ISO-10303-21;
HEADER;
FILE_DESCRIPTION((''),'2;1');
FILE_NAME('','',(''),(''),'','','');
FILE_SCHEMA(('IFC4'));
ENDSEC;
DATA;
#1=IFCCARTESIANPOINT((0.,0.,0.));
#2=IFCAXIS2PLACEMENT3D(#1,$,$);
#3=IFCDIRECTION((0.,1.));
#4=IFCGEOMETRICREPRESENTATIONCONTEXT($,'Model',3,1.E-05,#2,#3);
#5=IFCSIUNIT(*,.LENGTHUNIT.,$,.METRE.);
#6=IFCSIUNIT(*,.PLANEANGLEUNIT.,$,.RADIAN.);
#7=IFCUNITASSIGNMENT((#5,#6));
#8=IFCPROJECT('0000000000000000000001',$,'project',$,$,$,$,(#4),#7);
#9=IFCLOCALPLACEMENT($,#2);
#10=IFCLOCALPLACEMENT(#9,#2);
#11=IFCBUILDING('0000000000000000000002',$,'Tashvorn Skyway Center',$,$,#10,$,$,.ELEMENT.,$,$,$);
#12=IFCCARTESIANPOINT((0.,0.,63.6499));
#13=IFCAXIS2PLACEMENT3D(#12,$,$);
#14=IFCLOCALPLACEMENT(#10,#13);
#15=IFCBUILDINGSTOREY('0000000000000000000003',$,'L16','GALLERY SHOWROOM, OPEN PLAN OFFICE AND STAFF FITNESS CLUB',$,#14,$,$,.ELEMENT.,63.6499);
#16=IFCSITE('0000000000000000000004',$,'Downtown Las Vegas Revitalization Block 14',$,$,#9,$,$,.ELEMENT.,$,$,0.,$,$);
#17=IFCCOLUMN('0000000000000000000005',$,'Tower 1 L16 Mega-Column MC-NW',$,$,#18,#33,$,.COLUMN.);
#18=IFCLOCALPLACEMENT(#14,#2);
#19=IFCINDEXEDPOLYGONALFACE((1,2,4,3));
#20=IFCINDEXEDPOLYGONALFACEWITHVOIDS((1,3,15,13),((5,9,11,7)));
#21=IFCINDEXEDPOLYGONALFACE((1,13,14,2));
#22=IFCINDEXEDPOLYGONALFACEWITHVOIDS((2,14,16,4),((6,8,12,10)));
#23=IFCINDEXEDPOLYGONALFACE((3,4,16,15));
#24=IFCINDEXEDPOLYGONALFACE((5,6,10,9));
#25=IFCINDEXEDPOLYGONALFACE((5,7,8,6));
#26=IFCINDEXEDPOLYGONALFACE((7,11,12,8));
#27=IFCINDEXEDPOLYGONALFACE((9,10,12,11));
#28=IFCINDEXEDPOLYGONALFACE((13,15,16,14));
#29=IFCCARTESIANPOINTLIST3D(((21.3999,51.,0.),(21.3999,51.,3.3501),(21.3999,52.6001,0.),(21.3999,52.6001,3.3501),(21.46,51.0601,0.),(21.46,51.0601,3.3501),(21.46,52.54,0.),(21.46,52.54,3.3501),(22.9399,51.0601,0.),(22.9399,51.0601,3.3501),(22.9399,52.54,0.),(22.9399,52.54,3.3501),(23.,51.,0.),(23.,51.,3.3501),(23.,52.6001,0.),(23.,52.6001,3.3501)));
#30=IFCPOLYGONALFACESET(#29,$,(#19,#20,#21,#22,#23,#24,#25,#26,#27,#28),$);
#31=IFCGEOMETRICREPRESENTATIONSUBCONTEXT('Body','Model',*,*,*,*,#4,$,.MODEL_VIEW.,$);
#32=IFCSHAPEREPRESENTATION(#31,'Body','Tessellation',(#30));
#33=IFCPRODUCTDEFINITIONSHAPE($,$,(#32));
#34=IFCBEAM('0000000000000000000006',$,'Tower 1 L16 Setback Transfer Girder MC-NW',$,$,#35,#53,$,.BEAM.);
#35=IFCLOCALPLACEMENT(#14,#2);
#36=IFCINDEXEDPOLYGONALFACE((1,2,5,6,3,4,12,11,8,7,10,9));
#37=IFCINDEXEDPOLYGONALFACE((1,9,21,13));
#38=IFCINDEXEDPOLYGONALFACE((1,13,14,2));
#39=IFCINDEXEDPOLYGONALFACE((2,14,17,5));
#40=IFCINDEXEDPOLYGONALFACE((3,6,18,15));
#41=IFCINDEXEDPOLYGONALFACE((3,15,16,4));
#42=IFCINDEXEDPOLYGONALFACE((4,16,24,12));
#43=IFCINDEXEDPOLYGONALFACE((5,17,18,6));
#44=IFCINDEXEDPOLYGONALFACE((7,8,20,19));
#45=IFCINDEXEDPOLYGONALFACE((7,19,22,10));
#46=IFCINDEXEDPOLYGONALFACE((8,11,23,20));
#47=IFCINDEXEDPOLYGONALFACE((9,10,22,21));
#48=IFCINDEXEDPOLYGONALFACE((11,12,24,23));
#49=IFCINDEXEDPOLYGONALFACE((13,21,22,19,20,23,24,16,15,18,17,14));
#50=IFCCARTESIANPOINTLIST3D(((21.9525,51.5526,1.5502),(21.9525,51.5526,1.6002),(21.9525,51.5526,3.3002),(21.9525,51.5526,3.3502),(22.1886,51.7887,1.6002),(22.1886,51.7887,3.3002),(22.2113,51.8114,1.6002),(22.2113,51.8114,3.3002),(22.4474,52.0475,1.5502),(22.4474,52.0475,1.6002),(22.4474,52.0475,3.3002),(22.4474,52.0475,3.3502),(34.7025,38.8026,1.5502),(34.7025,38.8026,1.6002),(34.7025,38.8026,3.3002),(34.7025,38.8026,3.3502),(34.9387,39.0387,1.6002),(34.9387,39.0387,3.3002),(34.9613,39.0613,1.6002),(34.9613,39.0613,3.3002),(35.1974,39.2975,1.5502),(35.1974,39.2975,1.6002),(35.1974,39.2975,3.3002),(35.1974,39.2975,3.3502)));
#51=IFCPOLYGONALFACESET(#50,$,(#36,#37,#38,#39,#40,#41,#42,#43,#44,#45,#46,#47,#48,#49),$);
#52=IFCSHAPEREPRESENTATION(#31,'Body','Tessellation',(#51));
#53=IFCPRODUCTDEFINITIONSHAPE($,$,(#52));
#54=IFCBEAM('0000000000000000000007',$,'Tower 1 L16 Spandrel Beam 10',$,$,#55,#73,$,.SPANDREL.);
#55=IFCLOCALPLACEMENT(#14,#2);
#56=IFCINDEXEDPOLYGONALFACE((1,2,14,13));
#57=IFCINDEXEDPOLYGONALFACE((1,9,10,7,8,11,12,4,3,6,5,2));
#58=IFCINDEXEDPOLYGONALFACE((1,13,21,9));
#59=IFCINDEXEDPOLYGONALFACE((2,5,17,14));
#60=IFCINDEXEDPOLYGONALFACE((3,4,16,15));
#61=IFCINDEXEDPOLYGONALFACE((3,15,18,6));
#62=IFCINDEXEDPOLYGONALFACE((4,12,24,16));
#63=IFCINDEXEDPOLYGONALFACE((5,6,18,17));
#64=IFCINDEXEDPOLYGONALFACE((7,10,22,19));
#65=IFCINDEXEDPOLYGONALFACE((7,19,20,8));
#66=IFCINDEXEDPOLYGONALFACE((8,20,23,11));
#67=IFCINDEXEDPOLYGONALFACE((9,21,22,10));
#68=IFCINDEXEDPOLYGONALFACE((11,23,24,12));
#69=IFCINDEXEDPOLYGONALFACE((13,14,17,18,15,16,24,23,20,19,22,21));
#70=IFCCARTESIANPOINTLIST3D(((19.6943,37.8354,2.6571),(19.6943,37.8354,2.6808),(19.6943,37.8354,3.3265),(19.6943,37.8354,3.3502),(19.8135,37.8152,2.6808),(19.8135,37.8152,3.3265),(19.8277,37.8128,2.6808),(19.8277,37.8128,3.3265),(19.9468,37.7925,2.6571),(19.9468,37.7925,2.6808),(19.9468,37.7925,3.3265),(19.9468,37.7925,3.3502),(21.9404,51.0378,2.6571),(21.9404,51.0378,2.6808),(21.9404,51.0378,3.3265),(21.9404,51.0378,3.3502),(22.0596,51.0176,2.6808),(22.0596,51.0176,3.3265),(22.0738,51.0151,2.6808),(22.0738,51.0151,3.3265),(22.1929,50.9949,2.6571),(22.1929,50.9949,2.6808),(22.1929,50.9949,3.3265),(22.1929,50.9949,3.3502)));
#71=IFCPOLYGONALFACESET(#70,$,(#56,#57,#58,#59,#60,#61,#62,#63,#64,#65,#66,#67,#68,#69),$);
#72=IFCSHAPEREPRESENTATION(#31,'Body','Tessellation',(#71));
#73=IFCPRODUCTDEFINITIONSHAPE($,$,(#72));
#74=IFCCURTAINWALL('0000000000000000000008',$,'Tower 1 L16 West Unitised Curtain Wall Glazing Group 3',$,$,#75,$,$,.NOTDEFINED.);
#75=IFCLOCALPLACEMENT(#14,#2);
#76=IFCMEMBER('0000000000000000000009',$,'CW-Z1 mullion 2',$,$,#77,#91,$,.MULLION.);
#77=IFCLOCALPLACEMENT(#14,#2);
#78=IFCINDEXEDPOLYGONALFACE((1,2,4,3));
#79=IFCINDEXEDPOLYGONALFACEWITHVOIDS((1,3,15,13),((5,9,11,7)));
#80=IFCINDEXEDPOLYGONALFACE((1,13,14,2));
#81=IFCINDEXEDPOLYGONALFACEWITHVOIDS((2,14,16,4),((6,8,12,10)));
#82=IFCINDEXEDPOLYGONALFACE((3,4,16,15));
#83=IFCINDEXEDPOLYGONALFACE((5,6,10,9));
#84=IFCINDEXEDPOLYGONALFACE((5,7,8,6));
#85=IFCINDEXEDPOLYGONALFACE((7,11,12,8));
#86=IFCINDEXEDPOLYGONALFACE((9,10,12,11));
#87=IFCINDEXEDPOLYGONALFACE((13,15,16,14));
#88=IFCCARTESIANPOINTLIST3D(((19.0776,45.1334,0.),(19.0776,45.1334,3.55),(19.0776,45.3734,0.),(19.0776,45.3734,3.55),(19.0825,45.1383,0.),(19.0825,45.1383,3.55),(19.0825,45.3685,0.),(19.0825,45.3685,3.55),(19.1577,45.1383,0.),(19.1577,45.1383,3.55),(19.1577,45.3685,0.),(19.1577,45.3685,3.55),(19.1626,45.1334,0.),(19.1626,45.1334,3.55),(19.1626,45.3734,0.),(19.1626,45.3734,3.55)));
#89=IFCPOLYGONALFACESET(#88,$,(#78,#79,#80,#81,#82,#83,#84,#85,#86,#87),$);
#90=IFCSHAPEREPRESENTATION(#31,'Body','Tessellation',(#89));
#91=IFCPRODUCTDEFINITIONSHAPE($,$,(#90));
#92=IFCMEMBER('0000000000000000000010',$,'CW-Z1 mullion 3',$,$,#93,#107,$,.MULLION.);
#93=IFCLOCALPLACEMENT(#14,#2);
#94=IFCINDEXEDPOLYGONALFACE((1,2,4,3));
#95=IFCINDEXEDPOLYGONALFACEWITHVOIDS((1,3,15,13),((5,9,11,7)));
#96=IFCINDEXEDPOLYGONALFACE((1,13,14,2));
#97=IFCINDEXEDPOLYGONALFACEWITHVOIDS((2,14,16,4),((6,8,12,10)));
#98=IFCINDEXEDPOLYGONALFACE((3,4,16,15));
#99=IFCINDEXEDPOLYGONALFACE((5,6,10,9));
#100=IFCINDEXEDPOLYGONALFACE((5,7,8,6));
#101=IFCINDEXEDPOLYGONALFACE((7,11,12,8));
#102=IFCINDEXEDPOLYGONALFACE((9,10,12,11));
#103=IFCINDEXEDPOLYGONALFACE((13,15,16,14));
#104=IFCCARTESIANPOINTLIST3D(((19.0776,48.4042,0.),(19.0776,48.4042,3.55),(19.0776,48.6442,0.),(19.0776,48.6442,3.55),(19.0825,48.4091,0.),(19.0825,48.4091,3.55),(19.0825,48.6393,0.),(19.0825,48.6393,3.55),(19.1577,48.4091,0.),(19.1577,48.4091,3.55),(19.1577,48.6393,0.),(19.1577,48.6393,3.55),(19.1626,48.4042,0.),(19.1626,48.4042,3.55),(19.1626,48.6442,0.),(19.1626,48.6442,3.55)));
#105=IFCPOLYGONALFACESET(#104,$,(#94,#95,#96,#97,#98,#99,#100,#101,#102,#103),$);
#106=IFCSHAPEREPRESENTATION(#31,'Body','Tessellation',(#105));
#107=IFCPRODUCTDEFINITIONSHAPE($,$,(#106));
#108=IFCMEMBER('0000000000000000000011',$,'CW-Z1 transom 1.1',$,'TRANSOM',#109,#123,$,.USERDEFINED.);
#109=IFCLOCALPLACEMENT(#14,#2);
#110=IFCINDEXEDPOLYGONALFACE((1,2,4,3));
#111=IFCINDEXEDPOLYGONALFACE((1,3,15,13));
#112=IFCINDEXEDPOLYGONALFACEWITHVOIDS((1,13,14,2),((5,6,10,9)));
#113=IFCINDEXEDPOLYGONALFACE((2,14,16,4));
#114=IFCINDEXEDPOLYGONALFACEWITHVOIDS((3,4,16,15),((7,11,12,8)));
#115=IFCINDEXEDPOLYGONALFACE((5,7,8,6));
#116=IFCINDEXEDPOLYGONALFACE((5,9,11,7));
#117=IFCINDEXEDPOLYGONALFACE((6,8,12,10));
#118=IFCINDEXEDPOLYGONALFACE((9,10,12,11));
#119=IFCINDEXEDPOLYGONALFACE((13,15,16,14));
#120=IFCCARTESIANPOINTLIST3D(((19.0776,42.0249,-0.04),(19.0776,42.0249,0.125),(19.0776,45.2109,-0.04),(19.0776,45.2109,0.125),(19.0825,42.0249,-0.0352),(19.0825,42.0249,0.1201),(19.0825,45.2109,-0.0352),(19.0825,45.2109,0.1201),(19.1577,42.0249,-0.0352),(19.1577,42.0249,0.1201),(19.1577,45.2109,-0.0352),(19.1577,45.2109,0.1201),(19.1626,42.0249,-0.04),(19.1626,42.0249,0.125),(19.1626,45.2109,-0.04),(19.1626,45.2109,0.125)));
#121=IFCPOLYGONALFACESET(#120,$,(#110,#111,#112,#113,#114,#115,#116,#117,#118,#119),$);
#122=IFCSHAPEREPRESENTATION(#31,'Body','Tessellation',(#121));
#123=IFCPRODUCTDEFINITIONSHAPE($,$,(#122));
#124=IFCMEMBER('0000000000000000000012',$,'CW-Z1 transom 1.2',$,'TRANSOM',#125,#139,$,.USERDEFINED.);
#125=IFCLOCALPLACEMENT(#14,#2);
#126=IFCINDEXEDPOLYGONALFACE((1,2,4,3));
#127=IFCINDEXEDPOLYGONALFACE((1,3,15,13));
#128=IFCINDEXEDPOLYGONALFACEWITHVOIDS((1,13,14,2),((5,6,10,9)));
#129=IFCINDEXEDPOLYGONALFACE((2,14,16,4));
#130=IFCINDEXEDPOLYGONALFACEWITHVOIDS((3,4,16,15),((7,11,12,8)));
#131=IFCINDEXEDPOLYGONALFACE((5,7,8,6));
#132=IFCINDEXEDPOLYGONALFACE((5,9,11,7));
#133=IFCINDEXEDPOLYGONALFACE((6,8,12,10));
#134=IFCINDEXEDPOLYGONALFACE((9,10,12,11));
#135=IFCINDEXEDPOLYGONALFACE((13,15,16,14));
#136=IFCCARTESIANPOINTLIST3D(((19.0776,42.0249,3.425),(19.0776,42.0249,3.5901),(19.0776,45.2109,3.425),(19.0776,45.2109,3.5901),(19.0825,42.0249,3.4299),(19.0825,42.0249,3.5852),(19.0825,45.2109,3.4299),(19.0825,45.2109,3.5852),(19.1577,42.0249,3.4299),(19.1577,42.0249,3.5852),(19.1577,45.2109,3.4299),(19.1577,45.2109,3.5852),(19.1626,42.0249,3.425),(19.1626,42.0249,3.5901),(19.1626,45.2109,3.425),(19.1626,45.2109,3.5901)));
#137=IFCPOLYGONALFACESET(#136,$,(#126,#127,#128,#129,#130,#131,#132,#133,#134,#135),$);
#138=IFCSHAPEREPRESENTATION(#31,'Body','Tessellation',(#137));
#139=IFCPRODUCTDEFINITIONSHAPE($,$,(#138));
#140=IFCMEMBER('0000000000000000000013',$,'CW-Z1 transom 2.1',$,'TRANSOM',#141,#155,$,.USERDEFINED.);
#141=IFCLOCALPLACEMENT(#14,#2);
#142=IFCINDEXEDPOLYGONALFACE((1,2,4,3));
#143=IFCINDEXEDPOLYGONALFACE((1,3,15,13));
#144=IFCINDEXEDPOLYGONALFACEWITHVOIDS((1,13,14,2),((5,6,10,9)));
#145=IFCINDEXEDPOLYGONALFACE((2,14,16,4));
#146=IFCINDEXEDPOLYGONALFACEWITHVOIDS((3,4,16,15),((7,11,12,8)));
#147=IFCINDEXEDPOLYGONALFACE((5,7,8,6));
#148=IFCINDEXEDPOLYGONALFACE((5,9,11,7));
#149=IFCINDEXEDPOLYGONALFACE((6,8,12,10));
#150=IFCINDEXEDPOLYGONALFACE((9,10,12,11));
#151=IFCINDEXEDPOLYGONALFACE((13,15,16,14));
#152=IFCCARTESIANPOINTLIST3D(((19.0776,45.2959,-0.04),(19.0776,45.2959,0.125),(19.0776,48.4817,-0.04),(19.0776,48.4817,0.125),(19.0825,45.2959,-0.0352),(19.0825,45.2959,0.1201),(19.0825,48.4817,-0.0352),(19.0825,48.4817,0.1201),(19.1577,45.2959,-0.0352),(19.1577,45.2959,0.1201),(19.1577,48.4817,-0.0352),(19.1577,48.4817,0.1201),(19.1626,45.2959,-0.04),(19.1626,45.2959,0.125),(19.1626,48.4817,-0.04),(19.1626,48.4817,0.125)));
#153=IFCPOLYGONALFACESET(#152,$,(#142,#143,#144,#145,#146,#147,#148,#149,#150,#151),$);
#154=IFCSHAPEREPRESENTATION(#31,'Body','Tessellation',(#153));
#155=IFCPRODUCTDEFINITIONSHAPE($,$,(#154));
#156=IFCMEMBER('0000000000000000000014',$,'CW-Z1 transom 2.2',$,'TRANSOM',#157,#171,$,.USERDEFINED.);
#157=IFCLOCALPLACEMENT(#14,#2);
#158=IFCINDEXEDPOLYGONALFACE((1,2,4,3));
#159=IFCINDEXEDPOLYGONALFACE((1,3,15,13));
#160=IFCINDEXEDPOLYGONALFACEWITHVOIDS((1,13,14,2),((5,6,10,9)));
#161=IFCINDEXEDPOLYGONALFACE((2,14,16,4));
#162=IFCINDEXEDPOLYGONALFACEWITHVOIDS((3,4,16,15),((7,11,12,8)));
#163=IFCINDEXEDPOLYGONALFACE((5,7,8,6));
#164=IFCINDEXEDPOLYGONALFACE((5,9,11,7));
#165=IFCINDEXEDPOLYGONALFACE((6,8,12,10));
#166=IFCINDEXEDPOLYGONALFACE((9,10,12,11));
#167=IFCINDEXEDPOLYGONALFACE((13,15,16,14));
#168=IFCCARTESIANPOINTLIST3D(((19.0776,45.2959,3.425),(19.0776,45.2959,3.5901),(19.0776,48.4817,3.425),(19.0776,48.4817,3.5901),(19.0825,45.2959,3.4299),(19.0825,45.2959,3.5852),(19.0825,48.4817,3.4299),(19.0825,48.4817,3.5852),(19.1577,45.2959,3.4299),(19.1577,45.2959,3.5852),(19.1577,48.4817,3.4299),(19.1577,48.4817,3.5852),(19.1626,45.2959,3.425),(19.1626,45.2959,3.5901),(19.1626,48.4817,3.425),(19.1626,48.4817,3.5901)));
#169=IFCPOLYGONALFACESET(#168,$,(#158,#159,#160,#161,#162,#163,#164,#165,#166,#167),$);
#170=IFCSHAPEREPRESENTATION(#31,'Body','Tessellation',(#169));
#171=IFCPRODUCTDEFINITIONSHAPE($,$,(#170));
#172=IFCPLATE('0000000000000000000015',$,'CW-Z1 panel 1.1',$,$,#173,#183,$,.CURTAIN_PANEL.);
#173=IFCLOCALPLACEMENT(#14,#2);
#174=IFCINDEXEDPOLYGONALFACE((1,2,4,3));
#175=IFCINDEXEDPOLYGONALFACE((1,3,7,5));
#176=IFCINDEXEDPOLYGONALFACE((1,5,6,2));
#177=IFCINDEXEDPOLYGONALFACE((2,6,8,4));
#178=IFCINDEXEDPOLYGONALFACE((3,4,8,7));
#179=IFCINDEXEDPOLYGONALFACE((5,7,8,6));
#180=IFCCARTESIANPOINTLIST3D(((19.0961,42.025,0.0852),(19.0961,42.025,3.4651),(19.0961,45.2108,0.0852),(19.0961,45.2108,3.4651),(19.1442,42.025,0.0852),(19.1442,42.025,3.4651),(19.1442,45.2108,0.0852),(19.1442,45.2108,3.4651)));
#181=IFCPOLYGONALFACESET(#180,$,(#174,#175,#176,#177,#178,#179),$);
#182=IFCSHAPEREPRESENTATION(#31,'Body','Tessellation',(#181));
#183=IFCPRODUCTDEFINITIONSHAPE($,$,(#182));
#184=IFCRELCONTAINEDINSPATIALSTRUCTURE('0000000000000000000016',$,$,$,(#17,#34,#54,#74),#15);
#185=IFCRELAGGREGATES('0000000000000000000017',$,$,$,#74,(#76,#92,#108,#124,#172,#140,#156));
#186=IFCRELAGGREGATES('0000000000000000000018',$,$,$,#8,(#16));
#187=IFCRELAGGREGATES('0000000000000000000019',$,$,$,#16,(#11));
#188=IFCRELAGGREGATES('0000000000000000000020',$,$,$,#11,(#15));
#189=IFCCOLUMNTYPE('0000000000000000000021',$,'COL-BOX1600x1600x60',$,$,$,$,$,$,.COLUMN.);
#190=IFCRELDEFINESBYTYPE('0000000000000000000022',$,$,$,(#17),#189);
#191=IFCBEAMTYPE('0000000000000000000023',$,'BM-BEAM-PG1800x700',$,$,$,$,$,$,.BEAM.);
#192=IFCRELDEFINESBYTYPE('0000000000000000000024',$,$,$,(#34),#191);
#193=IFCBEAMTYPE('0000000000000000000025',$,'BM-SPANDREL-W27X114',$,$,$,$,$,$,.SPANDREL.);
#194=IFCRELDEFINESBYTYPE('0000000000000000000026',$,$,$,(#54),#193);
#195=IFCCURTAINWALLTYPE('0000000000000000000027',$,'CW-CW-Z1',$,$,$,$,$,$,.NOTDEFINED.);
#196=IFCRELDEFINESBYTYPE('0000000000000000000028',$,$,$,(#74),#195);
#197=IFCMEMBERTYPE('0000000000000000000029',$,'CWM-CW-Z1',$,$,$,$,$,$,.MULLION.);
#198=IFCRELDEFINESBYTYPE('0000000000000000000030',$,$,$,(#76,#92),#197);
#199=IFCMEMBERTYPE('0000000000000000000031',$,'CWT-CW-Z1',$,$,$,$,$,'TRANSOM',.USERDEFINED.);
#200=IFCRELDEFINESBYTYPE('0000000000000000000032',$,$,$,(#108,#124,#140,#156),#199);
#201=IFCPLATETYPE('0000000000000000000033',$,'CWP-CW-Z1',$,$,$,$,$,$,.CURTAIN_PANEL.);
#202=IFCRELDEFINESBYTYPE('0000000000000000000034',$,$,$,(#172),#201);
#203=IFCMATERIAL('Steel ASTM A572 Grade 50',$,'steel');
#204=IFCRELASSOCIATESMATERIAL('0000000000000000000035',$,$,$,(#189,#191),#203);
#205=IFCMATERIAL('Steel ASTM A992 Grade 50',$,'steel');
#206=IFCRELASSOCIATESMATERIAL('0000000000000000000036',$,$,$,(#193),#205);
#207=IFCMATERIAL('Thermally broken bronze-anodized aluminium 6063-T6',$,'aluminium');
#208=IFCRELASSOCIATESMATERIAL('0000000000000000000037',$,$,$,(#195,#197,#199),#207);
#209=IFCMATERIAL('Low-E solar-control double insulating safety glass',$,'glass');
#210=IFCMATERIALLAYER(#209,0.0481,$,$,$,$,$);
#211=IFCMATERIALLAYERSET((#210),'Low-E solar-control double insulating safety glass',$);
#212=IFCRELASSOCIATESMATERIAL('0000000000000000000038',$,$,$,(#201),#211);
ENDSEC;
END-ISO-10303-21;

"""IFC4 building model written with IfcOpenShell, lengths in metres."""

from ifc_helpers import new_model, si_unit, direction, frame, origin, origin_2d, place, context, subcontext, project, spatial, rectangle, hollow_rectangle, i_section, extrude, material, layer, layer_set, material_profile, profile_set, type_object, element, aggregate, save


model = new_model("IFC4")

# Units and contexts
model_context = context("Model", 3, precision=1e-05, world=origin(), true_north=direction((0.0, 1.0)))
body_context = subcontext(model_context, "Body", "Model", "MODEL_VIEW")
ifc_project = project(units=[si_unit("LENGTHUNIT", "METRE"), si_unit("PLANEANGLEUNIT", "RADIAN")], contexts=[model_context])

# Site, building, storey
site_placement = place(None, origin())
site = spatial("IfcSite", under=ifc_project, at=site_placement, Name="Downtown Las Vegas Revitalization Block 14", CompositionType="ELEMENT", RefElevation=0.0)
building_placement = place(site_placement, origin())
building = spatial("IfcBuilding", under=site, at=building_placement, Name="Tashvorn Skyway Center", CompositionType="ELEMENT")
storey_placement = place(building_placement, frame((0.0, 0.0, 63.6499)))
storey = spatial("IfcBuildingStorey", under=building, at=storey_placement, Name="L16", Description="GALLERY SHOWROOM, OPEN PLAN OFFICE AND STAFF FITNESS CLUB", CompositionType="ELEMENT", Elevation=63.6499)

# Column
ifc_material_1 = material(Name="Steel ASTM A572 Grade 50", Category="steel")
ifc_material_profile_1 = material_profile(ifc_material_1, hollow_rectangle(XDim=1.6001, YDim=1.6001, WallThickness=0.0601, at=origin_2d()), Name="BOX1600x1600x60")
ifc_profile_set_1 = profile_set([ifc_material_profile_1], Name="Steel ASTM A572 Grade 50")
column_type = type_object("IfcColumnType", Name="COL-BOX1600x1600x60", PredefinedType="COLUMN", material=ifc_profile_set_1)
column_placement = place(storey_placement, frame((22.2, 51.8, 0.0), z_axis=(0.0, 0.0, 1.0), x_axis=(1.0, 0.0, 0.0)))
element("IfcColumn", 1, at=column_placement, inside=storey, type_object=column_type, Name="Tower 1 L16 Mega-Column MC-NW", PredefinedType="COLUMN", context=body_context, shape_type="SweptSolid", body=[
    extrude(hollow_rectangle(XDim=1.6001, YDim=1.6001, WallThickness=0.0601, at=origin_2d()), origin(), (0.0, 0.0, 1.0), 3.3501),
])

# Beams
ifc_material_profile_2 = material_profile(ifc_material_1, i_section(OverallWidth=0.7, OverallDepth=1.8, WebThickness=0.032, FlangeThickness=0.05, at=origin_2d()), Name="PG1800x700")
ifc_profile_set_2 = profile_set([ifc_material_profile_2], Name="Steel ASTM A572 Grade 50")
beam_type_1 = type_object("IfcBeamType", Name="BM-BEAM-PG1800x700", PredefinedType="BEAM", material=ifc_profile_set_2)
beam_1_placement = place(storey_placement, frame((22.2, 51.8, 2.4502), z_axis=(0.707107, -0.707107, 0.0), x_axis=(0.707107, 0.707107, 0.0)))
element("IfcBeam", 2, at=beam_1_placement, inside=storey, type_object=beam_type_1, Name="Tower 1 L16 Setback Transfer Girder MC-NW", PredefinedType="BEAM", context=body_context, shape_type="SweptSolid", body=[
    extrude(i_section(OverallWidth=0.7, OverallDepth=1.8, WebThickness=0.032, FlangeThickness=0.05, at=origin_2d()), origin(), (0.0, 0.0, 1.0), 18.0312),
])
ifc_material_2 = material(Name="Steel ASTM A992 Grade 50", Category="steel")
ifc_material_profile_3 = material_profile(ifc_material_2, i_section(OverallWidth=0.2561, OverallDepth=0.6931, WebThickness=0.0144, FlangeThickness=0.0237, at=origin_2d()), Name="W27X114")
ifc_profile_set_3 = profile_set([ifc_material_profile_3], Name="Steel ASTM A992 Grade 50")
beam_type_2 = type_object("IfcBeamType", Name="BM-SPANDREL-W27X114", PredefinedType="SPANDREL", material=ifc_profile_set_3)
beam_2_placement = place(storey_placement, frame((22.0667, 51.0164, 3.0037), z_axis=(-0.167718, -0.985835, 0.0), x_axis=(0.985835, -0.167718, 0.0)))
element("IfcBeam", 3, at=beam_2_placement, inside=storey, type_object=beam_type_2, Name="Tower 1 L16 Spandrel Beam 10", PredefinedType="SPANDREL", context=body_context, shape_type="SweptSolid", body=[
    extrude(i_section(OverallWidth=0.2561, OverallDepth=0.6931, WebThickness=0.0144, FlangeThickness=0.0237, at=origin_2d()), origin(), (0.0, 0.0, 1.0), 13.3921),
])

# Curtain wall, members, plate
ifc_material_3 = material(Name="Thermally broken bronze-anodized aluminium 6063-T6", Category="aluminium")
curtain_wall_type = type_object("IfcCurtainWallType", Name="CW-CW-Z1", PredefinedType="NOTDEFINED", material=ifc_material_3)
curtain_wall_placement = place(storey_placement, origin())
curtain_wall = element("IfcCurtainWall", 4, at=curtain_wall_placement, inside=storey, type_object=curtain_wall_type, Name="Tower 1 L16 West Unitised Curtain Wall Glazing Group 3", PredefinedType="NOTDEFINED")
ifc_material_profile_4 = material_profile(ifc_material_3, hollow_rectangle(XDim=0.085, YDim=0.24, WallThickness=0.0049, at=origin_2d()), Name="ALU-MULL-85x240")
ifc_profile_set_4 = profile_set([ifc_material_profile_4], Name="Thermally broken bronze-anodized aluminium 6063-T6")
member_type_1 = type_object("IfcMemberType", Name="CWM-CW-Z1", PredefinedType="MULLION", material=ifc_profile_set_4)
member_1_placement = place(storey_placement, frame((19.1201, 45.2534, 0.0), z_axis=(0.0, 0.0, 1.0), x_axis=(-1.0, 0.0, 0.0)))
member_1 = element("IfcMember", 5, at=member_1_placement, type_object=member_type_1, Name="CW-Z1 mullion 2", PredefinedType="MULLION", context=body_context, shape_type="SweptSolid", body=[
    extrude(hollow_rectangle(XDim=0.085, YDim=0.24, WallThickness=0.0049, at=origin_2d()), origin(), (0.0, 0.0, 1.0), 3.55),
])
member_2_placement = place(storey_placement, frame((19.1201, 48.5242, 0.0), z_axis=(0.0, 0.0, 1.0), x_axis=(-1.0, 0.0, 0.0)))
member_2 = element("IfcMember", 6, at=member_2_placement, type_object=member_type_1, Name="CW-Z1 mullion 3", PredefinedType="MULLION", context=body_context, shape_type="SweptSolid", body=[
    extrude(hollow_rectangle(XDim=0.085, YDim=0.24, WallThickness=0.0049, at=origin_2d()), origin(), (0.0, 0.0, 1.0), 3.55),
])
ifc_material_profile_5 = material_profile(ifc_material_3, hollow_rectangle(XDim=0.085, YDim=0.165, WallThickness=0.0049, at=origin_2d()), Name="ALU-TRAN-85x165")
ifc_profile_set_5 = profile_set([ifc_material_profile_5], Name="Thermally broken bronze-anodized aluminium 6063-T6")
member_type_2 = type_object("IfcMemberType", Name="CWT-CW-Z1", ElementType="TRANSOM", PredefinedType="USERDEFINED", material=ifc_profile_set_5)
member_3_placement = place(storey_placement, frame((19.1201, 42.0249, 0.0425), z_axis=(0.0, 1.0, 0.0), x_axis=(-1.0, 0.0, 0.0)))
member_3 = element("IfcMember", 7, at=member_3_placement, type_object=member_type_2, Name="CW-Z1 transom 1.1", ObjectType="TRANSOM", PredefinedType="USERDEFINED", context=body_context, shape_type="SweptSolid", body=[
    extrude(hollow_rectangle(XDim=0.085, YDim=0.165, WallThickness=0.0049, at=origin_2d()), origin(), (0.0, 0.0, 1.0), 3.186),
])
member_4_placement = place(storey_placement, frame((19.1201, 42.0249, 3.5076), z_axis=(0.0, 1.0, 0.0), x_axis=(-1.0, 0.0, 0.0)))
member_4 = element("IfcMember", 8, at=member_4_placement, type_object=member_type_2, Name="CW-Z1 transom 1.2", ObjectType="TRANSOM", PredefinedType="USERDEFINED", context=body_context, shape_type="SweptSolid", body=[
    extrude(hollow_rectangle(XDim=0.085, YDim=0.165, WallThickness=0.0049, at=origin_2d()), origin(), (0.0, 0.0, 1.0), 3.186),
])
member_5_placement = place(storey_placement, frame((19.1201, 45.2959, 0.0425), z_axis=(0.0, 1.0, 0.0), x_axis=(-1.0, 0.0, 0.0)))
member_5 = element("IfcMember", 9, at=member_5_placement, type_object=member_type_2, Name="CW-Z1 transom 2.1", ObjectType="TRANSOM", PredefinedType="USERDEFINED", context=body_context, shape_type="SweptSolid", body=[
    extrude(hollow_rectangle(XDim=0.085, YDim=0.165, WallThickness=0.0049, at=origin_2d()), origin(), (0.0, 0.0, 1.0), 3.1858),
])
member_6_placement = place(storey_placement, frame((19.1201, 45.2959, 3.5076), z_axis=(0.0, 1.0, 0.0), x_axis=(-1.0, 0.0, 0.0)))
member_6 = element("IfcMember", 10, at=member_6_placement, type_object=member_type_2, Name="CW-Z1 transom 2.2", ObjectType="TRANSOM", PredefinedType="USERDEFINED", context=body_context, shape_type="SweptSolid", body=[
    extrude(hollow_rectangle(XDim=0.085, YDim=0.165, WallThickness=0.0049, at=origin_2d()), origin(), (0.0, 0.0, 1.0), 3.1858),
])
ifc_material_4 = material(Name="Low-E solar-control double insulating safety glass", Category="glass")
ifc_layer_1 = layer(ifc_material_4, 0.0481)
ifc_layer_set_1 = layer_set([ifc_layer_1], Name="Low-E solar-control double insulating safety glass")
plate_type_1 = type_object("IfcPlateType", Name="CWP-CW-Z1", PredefinedType="CURTAIN_PANEL", material=ifc_layer_set_1)
plate_1_placement = place(storey_placement, frame((19.1201, 43.6179, 0.0852), z_axis=(0.0, 0.0, 1.0), x_axis=(0.0, 1.0, 0.0)))
plate_1 = element("IfcPlate", 11, at=plate_1_placement, type_object=plate_type_1, Name="CW-Z1 panel 1.1", PredefinedType="CURTAIN_PANEL", context=body_context, shape_type="SweptSolid", body=[
    extrude(rectangle(XDim=3.1858, YDim=0.0481, at=origin_2d()), origin(), (0.0, 0.0, 1.0), 3.3799),
])
aggregate(curtain_wall, [member_1, member_2, member_3, member_4, plate_1, member_5, member_6])

save(model, "model.ifc")
